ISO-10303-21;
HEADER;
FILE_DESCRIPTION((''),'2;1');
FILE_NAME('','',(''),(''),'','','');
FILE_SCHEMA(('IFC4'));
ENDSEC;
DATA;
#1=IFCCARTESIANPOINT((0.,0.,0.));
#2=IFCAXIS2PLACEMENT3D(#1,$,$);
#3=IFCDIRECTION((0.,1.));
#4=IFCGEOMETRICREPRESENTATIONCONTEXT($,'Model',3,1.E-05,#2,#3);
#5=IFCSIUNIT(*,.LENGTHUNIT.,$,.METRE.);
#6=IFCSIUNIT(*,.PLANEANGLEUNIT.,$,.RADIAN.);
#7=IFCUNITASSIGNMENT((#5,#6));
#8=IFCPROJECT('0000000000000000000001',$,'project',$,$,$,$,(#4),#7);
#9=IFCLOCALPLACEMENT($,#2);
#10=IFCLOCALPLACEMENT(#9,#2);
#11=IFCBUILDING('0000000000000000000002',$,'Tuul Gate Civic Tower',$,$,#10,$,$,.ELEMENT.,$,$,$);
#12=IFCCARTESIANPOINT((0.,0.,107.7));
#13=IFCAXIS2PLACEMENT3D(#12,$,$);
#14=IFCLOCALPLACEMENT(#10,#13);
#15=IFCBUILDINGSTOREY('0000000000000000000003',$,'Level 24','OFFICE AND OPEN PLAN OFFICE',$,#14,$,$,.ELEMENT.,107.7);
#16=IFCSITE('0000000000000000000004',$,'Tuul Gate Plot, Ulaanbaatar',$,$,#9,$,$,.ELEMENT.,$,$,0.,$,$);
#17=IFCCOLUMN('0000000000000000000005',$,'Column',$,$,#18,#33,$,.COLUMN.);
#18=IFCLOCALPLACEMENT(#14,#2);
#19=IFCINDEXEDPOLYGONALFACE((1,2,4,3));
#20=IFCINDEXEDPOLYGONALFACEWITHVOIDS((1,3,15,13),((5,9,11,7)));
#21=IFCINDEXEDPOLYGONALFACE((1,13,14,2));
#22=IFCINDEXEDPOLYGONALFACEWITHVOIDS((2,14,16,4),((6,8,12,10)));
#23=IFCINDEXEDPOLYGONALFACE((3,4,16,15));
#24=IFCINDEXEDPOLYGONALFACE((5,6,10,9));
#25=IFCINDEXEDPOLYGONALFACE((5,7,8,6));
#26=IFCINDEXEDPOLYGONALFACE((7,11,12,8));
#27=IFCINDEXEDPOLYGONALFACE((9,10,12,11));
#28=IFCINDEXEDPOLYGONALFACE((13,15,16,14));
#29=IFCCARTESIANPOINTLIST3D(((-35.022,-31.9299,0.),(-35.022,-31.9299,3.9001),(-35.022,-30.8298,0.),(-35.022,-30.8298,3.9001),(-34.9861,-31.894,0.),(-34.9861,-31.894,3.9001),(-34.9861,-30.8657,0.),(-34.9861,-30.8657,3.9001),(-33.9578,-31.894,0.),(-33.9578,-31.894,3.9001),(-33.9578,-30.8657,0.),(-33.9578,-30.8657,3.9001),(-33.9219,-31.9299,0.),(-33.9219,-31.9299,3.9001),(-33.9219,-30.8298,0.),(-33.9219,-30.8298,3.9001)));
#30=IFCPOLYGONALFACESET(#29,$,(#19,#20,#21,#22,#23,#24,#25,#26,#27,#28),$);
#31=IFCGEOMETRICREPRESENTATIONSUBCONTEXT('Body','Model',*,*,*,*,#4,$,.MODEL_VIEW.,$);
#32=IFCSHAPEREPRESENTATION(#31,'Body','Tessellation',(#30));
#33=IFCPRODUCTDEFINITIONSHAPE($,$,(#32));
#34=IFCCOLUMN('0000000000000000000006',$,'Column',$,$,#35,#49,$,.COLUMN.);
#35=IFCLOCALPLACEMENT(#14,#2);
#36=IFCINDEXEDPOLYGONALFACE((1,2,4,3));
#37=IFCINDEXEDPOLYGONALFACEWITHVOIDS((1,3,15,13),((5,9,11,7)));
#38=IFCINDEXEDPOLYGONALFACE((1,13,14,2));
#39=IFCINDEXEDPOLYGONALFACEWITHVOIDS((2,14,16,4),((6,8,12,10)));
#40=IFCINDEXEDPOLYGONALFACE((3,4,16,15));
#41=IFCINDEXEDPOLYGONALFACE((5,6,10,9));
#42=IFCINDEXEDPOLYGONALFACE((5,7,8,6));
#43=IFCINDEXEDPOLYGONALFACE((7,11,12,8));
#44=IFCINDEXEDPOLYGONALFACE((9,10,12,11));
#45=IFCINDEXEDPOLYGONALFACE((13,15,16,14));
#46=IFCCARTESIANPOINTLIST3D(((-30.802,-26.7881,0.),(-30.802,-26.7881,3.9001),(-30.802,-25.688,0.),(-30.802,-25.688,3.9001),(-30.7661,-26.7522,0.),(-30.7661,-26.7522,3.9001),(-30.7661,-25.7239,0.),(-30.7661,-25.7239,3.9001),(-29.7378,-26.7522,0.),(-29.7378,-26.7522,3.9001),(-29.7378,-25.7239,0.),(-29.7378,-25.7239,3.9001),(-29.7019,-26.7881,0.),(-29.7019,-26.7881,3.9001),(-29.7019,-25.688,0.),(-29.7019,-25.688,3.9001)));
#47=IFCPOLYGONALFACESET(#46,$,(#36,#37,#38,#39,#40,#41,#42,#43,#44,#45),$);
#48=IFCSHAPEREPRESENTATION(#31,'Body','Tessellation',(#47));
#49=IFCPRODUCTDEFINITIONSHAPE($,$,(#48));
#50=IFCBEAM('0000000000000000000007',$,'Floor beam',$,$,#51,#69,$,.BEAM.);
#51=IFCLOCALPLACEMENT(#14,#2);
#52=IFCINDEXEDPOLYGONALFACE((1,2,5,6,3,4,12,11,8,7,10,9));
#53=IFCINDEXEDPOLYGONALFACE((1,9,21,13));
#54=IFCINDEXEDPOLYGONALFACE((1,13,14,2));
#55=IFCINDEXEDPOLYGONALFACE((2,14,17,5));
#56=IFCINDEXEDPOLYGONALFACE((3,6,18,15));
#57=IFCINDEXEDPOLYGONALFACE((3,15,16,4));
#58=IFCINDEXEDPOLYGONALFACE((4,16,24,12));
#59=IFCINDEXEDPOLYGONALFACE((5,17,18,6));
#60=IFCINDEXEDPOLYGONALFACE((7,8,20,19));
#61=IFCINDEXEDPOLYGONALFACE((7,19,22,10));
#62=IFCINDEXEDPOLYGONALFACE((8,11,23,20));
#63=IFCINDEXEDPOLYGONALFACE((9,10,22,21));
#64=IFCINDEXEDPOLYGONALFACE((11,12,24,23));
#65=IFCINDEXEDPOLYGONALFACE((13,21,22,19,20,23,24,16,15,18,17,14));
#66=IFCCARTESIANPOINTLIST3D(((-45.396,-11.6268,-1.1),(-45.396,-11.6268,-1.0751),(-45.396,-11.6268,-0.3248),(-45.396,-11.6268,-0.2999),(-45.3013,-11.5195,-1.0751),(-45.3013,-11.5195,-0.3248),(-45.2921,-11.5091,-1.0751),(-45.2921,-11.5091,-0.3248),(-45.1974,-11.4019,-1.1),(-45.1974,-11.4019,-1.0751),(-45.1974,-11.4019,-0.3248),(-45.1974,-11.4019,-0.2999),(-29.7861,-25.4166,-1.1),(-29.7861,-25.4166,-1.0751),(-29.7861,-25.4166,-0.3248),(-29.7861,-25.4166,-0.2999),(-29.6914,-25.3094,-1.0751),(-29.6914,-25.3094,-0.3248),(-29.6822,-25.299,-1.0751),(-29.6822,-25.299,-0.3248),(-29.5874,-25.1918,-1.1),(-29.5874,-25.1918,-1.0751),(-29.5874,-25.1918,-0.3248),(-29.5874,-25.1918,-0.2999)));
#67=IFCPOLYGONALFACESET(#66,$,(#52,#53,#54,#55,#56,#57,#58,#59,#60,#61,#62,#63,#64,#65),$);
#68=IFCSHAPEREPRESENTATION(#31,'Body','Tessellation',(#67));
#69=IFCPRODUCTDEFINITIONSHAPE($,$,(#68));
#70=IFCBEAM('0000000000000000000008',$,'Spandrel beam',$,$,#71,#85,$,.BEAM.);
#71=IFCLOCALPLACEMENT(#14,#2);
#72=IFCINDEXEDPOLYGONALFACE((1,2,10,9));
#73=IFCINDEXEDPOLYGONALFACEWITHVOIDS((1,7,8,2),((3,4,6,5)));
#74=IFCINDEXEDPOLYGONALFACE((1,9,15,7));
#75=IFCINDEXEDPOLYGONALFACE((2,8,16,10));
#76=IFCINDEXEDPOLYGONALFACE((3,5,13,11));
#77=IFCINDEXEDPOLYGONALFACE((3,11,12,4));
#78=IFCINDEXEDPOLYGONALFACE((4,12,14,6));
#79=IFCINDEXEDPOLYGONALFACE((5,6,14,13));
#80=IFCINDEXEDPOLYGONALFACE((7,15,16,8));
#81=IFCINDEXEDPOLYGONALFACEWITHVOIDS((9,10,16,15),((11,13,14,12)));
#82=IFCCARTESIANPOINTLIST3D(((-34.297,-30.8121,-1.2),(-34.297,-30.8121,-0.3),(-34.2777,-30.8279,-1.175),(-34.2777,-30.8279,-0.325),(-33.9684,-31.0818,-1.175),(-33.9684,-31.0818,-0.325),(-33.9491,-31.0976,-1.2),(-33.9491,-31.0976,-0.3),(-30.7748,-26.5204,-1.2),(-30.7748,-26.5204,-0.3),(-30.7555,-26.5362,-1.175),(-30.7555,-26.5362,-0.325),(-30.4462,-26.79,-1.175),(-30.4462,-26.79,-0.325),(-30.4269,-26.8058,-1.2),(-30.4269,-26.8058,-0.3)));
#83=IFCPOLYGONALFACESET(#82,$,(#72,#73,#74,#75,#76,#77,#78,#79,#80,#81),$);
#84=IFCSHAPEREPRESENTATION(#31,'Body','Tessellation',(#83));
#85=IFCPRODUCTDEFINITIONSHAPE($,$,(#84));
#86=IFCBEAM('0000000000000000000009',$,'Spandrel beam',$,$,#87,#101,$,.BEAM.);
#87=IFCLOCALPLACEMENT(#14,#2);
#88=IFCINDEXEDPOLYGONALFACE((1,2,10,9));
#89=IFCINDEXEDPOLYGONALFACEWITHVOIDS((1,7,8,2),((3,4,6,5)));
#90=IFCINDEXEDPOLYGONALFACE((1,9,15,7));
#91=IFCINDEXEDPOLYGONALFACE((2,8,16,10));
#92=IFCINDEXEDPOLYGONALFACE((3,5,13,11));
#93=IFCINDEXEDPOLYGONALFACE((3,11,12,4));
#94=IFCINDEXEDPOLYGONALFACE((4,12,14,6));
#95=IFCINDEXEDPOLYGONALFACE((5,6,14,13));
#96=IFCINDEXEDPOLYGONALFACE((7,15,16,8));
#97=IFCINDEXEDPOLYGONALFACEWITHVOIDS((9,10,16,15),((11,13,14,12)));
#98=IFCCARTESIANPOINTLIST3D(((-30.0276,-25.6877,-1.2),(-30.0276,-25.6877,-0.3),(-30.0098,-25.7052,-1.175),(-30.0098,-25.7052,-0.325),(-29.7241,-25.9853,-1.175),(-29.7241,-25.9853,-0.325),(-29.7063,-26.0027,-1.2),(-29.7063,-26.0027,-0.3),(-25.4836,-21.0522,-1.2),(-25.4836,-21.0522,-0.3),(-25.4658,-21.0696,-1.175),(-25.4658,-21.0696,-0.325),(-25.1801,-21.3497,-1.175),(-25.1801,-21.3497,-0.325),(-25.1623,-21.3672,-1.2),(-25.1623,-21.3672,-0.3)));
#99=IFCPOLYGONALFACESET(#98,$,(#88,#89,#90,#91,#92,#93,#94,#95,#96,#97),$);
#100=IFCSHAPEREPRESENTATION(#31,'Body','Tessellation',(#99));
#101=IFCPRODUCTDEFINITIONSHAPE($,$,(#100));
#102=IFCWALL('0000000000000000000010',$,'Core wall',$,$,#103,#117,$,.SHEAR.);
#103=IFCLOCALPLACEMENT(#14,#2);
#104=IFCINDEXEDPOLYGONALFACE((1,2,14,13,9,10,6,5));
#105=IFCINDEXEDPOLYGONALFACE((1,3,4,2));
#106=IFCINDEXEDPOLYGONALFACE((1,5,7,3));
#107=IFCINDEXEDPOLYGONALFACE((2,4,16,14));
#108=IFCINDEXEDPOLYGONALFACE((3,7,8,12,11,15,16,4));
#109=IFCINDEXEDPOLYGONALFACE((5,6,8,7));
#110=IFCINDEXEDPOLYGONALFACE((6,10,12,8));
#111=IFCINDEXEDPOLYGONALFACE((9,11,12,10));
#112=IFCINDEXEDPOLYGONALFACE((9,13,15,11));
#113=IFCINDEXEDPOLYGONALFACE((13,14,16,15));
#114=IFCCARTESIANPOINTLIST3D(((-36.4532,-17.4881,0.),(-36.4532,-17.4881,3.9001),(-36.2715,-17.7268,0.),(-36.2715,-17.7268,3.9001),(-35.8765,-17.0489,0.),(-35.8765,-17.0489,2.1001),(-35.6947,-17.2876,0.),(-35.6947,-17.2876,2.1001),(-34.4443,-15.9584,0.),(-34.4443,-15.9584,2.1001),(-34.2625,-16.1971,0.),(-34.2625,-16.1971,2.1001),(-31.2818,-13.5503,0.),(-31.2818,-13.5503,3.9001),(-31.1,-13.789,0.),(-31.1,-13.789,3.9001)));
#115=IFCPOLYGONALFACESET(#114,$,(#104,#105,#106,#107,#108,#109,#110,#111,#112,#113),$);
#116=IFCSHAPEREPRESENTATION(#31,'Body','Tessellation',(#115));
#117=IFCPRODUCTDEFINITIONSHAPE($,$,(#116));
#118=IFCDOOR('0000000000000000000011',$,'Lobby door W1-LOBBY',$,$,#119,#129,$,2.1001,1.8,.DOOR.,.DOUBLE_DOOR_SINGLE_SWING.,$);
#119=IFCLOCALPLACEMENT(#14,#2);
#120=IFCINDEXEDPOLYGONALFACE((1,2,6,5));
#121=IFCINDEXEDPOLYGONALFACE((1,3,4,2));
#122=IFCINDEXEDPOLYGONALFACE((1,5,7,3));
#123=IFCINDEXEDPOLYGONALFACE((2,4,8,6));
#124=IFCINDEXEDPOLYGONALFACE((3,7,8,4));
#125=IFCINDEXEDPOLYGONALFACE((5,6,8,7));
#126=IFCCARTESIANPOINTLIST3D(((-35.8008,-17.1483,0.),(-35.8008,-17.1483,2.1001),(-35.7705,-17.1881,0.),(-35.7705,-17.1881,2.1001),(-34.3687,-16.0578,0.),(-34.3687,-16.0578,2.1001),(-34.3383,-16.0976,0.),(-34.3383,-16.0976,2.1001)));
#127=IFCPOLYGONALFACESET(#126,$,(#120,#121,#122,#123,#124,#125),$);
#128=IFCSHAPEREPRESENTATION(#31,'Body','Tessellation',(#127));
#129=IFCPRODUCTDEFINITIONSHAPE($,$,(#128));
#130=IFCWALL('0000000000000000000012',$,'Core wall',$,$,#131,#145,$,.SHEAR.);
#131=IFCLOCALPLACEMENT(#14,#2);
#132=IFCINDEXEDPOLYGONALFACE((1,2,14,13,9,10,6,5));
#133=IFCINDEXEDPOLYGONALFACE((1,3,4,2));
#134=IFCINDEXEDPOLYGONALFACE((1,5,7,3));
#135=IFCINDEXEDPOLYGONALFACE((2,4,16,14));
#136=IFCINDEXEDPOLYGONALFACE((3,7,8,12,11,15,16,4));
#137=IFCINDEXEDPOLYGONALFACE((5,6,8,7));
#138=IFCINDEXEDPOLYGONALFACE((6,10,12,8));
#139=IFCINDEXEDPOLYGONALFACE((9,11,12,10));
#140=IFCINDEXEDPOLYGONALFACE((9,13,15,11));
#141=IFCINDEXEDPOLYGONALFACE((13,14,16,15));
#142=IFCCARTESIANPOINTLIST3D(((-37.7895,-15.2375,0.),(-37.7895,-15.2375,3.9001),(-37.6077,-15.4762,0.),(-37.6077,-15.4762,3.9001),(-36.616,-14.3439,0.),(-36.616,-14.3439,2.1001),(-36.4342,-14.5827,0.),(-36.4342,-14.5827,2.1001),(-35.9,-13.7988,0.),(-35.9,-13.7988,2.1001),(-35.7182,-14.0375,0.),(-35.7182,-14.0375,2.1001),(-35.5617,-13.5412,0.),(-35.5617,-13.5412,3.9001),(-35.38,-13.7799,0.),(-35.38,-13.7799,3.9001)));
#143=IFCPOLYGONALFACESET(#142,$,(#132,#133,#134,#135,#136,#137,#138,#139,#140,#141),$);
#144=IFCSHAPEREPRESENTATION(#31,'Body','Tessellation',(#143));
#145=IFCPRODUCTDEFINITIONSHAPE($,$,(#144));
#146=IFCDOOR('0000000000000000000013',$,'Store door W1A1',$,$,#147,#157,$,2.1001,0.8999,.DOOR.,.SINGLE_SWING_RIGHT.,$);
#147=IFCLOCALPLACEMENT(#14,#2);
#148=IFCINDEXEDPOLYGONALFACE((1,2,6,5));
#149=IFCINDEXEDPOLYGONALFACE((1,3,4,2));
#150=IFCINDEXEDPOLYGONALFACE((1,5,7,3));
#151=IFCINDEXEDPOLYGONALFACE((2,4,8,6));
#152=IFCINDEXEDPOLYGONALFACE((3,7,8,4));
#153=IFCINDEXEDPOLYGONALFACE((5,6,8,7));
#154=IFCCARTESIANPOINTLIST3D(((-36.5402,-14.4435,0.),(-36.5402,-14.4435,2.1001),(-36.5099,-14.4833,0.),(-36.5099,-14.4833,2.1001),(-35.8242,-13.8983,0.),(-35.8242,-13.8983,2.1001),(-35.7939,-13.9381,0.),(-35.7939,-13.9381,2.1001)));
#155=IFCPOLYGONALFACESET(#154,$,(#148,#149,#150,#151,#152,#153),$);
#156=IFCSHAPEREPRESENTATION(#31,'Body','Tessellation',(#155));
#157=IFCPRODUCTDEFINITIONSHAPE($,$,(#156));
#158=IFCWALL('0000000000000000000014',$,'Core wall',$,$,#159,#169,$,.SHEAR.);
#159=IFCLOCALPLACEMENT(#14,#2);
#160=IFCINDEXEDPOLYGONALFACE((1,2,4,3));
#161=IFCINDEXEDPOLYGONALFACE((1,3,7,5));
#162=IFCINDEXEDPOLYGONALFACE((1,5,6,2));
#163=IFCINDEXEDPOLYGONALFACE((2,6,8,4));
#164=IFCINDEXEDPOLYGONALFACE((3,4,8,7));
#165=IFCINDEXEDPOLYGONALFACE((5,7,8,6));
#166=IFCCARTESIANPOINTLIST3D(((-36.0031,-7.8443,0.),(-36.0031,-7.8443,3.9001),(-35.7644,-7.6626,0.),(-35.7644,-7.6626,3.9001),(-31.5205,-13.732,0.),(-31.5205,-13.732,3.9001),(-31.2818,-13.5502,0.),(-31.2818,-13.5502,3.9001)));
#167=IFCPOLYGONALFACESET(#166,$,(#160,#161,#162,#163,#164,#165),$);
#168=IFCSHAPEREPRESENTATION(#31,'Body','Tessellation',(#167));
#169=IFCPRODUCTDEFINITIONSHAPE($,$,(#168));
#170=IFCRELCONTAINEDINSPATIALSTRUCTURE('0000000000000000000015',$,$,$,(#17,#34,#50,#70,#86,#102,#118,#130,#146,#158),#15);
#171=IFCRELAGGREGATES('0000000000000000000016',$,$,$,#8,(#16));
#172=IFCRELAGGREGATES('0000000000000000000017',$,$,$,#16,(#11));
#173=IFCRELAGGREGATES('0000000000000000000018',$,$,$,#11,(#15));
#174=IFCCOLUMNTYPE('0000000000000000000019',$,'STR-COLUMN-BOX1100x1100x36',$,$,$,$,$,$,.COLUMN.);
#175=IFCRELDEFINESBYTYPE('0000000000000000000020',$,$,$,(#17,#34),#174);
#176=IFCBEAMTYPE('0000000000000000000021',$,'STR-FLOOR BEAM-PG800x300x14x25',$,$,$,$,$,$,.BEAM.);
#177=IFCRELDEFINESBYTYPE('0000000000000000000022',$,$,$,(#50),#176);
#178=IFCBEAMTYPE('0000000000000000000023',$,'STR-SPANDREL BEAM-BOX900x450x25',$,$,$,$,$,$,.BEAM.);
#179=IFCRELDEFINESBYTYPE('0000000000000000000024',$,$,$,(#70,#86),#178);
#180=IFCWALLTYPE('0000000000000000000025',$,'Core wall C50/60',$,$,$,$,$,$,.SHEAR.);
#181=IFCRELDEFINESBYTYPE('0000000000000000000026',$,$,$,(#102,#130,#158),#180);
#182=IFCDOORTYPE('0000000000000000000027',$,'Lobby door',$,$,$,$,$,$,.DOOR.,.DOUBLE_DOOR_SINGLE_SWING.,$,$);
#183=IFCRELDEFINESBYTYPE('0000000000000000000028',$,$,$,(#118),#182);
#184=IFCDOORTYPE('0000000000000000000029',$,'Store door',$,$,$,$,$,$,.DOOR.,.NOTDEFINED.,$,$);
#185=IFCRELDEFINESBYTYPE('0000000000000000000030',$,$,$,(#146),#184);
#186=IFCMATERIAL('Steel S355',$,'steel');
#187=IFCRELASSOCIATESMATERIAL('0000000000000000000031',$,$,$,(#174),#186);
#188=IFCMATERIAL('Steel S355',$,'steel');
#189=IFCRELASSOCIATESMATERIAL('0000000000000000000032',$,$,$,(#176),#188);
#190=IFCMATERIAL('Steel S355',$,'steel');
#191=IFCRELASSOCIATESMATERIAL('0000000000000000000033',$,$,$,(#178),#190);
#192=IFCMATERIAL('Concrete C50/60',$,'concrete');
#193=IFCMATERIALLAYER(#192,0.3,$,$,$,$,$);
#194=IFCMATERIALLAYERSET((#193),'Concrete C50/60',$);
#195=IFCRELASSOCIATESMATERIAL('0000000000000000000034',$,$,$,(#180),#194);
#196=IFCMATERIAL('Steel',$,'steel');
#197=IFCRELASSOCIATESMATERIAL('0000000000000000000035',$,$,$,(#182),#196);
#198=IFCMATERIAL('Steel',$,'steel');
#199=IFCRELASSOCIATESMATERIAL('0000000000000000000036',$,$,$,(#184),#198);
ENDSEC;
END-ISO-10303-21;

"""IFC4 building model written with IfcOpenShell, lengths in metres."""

from ifc_helpers import new_model, si_unit, direction, frame, frame_2d, origin, origin_2d, place, context, subcontext, project, spatial, rectangle, hollow_rectangle, i_section, extrude, material, layer, layer_set, material_profile, profile_set, type_object, element, fill, save


model = new_model("IFC4")

# Units and contexts
model_context = context("Model", 3, precision=1e-05, world=origin(), true_north=direction((0.0, 1.0)))
body_context = subcontext(model_context, "Body", "Model", "MODEL_VIEW")
ifc_project = project(units=[si_unit("LENGTHUNIT", "METRE"), si_unit("PLANEANGLEUNIT", "RADIAN")], contexts=[model_context])

# Site, building, storey
site_placement = place(None, origin())
site = spatial("IfcSite", under=ifc_project, at=site_placement, Name="Tuul Gate Plot, Ulaanbaatar", CompositionType="ELEMENT", RefElevation=0.0)
building_placement = place(site_placement, origin())
building = spatial("IfcBuilding", under=site, at=building_placement, Name="Tuul Gate Civic Tower", CompositionType="ELEMENT")
storey_placement = place(building_placement, frame((0.0, 0.0, 107.7)))
storey = spatial("IfcBuildingStorey", under=building, at=storey_placement, Name="Level 24", Description="OFFICE AND OPEN PLAN OFFICE", CompositionType="ELEMENT", Elevation=107.7)

# Columns
ifc_material_1 = material(Name="Steel S355", Category="steel")
ifc_material_profile_1 = material_profile(ifc_material_1, hollow_rectangle(XDim=1.1001, YDim=1.1001, WallThickness=0.0359, at=origin_2d()), Name="BOX1100x1100x36")
ifc_profile_set_1 = profile_set([ifc_material_profile_1], Name="Steel S355")
column_type = type_object("IfcColumnType", Name="STR-COLUMN-BOX1100x1100x36", PredefinedType="COLUMN", material=ifc_profile_set_1)
for number, where, z_axis, x_axis, name in (
    (1, (-34.4719, -31.3799, 0.0), (0.0, 0.0, 1.0), (1.0, 0.0, 0.0), "Column"),
    (2, (-30.252, -26.238, 0.0), (0.0, 0.0, 1.0), (1.0, 0.0, 0.0), "Column"),
):
    element("IfcColumn", number, at=place(storey_placement, frame(where, z_axis=z_axis, x_axis=x_axis)), inside=storey, type_object=column_type, Name=name, PredefinedType="COLUMN", context=body_context, shape_type="SweptSolid", body=[
        extrude(hollow_rectangle(XDim=1.1001, YDim=1.1001, WallThickness=0.0359, at=origin_2d()), origin(), (0.0, 0.0, 1.0), 3.9001),
    ])

# Beams
ifc_material_2 = material(Name="Steel S355", Category="steel")
ifc_material_profile_2 = material_profile(ifc_material_2, i_section(OverallWidth=0.3, OverallDepth=0.8, WebThickness=0.0139, FlangeThickness=0.0249, at=origin_2d()), Name="PG800x300x14x25")
ifc_profile_set_2 = profile_set([ifc_material_profile_2], Name="Steel S355")
beam_type_1 = type_object("IfcBeamType", Name="STR-FLOOR BEAM-PG800x300x14x25", PredefinedType="BEAM", material=ifc_profile_set_2)
beam_1_placement = place(storey_placement, frame((-29.6868, -25.3042, -0.7), z_axis=(-0.749447, 0.662064, 0.0), x_axis=(-0.662064, -0.749447, 0.0)))
element("IfcBeam", 3, at=beam_1_placement, inside=storey, type_object=beam_type_1, Name="Floor beam", PredefinedType="BEAM", context=body_context, shape_type="SweptSolid", body=[
    extrude(i_section(OverallWidth=0.3, OverallDepth=0.8, WebThickness=0.0139, FlangeThickness=0.0249, at=origin_2d()), origin(), (0.0, 0.0, 1.0), 20.8286),
])
ifc_material_3 = material(Name="Steel S355", Category="steel")
ifc_material_profile_3 = material_profile(ifc_material_3, hollow_rectangle(XDim=0.45, YDim=0.8999, WallThickness=0.0249, at=origin_2d()), Name="BOX900x450x25")
ifc_profile_set_3 = profile_set([ifc_material_profile_3], Name="Steel S355")
beam_type_2 = type_object("IfcBeamType", Name="STR-SPANDREL BEAM-BOX900x450x25", PredefinedType="BEAM", material=ifc_profile_set_3)
beam_2_placement = place(storey_placement, frame((-34.123, -30.9548, -0.75), z_axis=(0.634401, 0.773004, 0.0), x_axis=(-0.773004, 0.634401, 0.0)))
element("IfcBeam", 4, at=beam_2_placement, inside=storey, type_object=beam_type_2, Name="Spandrel beam", PredefinedType="BEAM", context=body_context, shape_type="SweptSolid", body=[
    extrude(hollow_rectangle(XDim=0.45, YDim=0.8999, WallThickness=0.0249, at=origin_2d()), origin(), (0.0, 0.0, 1.0), 5.552),
])
beam_3_placement = place(storey_placement, frame((-29.8669, -25.8452, -0.75), z_axis=(0.70002, 0.714124, 0.0), x_axis=(-0.714124, 0.70002, 0.0)))
element("IfcBeam", 5, at=beam_3_placement, inside=storey, type_object=beam_type_2, Name="Spandrel beam", PredefinedType="BEAM", context=body_context, shape_type="SweptSolid", body=[
    extrude(hollow_rectangle(XDim=0.45, YDim=0.8999, WallThickness=0.0249, at=origin_2d()), origin(), (0.0, 0.0, 1.0), 6.4912),
])

# Walls, openings, doors
ifc_material_4 = material(Name="Concrete C50/60", Category="concrete")
ifc_layer_1 = layer(ifc_material_4, 0.3)
ifc_layer_set_1 = layer_set([ifc_layer_1], Name="Concrete C50/60")
wall_type_1 = type_object("IfcWallType", Name="Core wall C50/60", PredefinedType="SHEAR", material=ifc_layer_set_1)
wall_1_placement = place(storey_placement, frame((-31.1909, -13.6697, 0.0), z_axis=(0.0, 0.0, 1.0), x_axis=(-0.795607, -0.605813, 0.0)))
wall_1 = element("IfcWall", 6, at=wall_1_placement, inside=storey, type_object=wall_type_1, Name="Core wall", PredefinedType="SHEAR", context=body_context, shape_type="SweptSolid", body=[
    extrude(rectangle(XDim=6.5, YDim=0.3, at=frame_2d((3.25, 0.0))), origin(), (0.0, 0.0, 1.0), 3.9001),
])
opening_1_placement = place(wall_1_placement, frame((3.9751, 0.0, 0.0)))
opening_1 = element("IfcOpeningElement", 7, at=opening_1_placement, cuts=wall_1, PredefinedType="OPENING", context=body_context, shape_type="SweptSolid", body=[
    extrude(rectangle(XDim=1.8, YDim=2.1001, at=frame_2d((0.8999, 1.05))), frame((0.0, 0.1602, 0.0), z_axis=(0.0, -1.0, 0.0), x_axis=(1.0, 0.0, 0.0)), (0.0, 0.0, 1.0), 0.3201),
])
ifc_material_5 = material(Name="Steel", Category="steel")
door_type_1 = type_object("IfcDoorType", Name="Lobby door", OperationType="DOUBLE_DOOR_SINGLE_SWING", PredefinedType="DOOR", material=ifc_material_5)
door_1_placement = place(opening_1_placement, origin())
door_1 = element("IfcDoor", 8, at=door_1_placement, inside=storey, type_object=door_type_1, Name="Lobby door W1-LOBBY", OperationType="DOUBLE_DOOR_SINGLE_SWING", OverallHeight=2.1001, OverallWidth=1.8, PredefinedType="DOOR", context=body_context, shape_type="SweptSolid", body=[
    extrude(rectangle(XDim=1.8, YDim=2.1001, at=frame_2d((0.8999, 1.05))), frame((0.0, 0.0249, 0.0), z_axis=(0.0, -1.0, 0.0), x_axis=(1.0, 0.0, 0.0)), (0.0, 0.0, 1.0), 0.05),
])
fill(opening_1, door_1)
wall_2_placement = place(storey_placement, frame((-35.4709, -13.6606, 0.0), z_axis=(0.0, 0.0, 1.0), x_axis=(-0.795616, -0.605802, 0.0)))
wall_2 = element("IfcWall", 9, at=wall_2_placement, inside=storey, type_object=wall_type_1, Name="Core wall", PredefinedType="SHEAR", context=body_context, shape_type="SweptSolid", body=[
    extrude(rectangle(XDim=2.8, YDim=0.3, at=frame_2d((1.3999, 0.0))), origin(), (0.0, 0.0, 1.0), 3.9001),
])
opening_2_placement = place(wall_2_placement, frame((0.425, 0.0, 0.0)))
opening_2 = element("IfcOpeningElement", 10, at=opening_2_placement, cuts=wall_2, PredefinedType="OPENING", context=body_context, shape_type="SweptSolid", body=[
    extrude(rectangle(XDim=0.8999, YDim=2.1001, at=frame_2d((0.45, 1.05))), frame((0.0, 0.1602, 0.0), z_axis=(0.0, -1.0, 0.0), x_axis=(1.0, 0.0, 0.0)), (0.0, 0.0, 1.0), 0.3201),
])
ifc_material_6 = material(Name="Steel", Category="steel")
door_type_2 = type_object("IfcDoorType", Name="Store door", OperationType="NOTDEFINED", PredefinedType="DOOR", material=ifc_material_6)
door_2_placement = place(opening_2_placement, frame((0.8999, 0.0, 0.0), z_axis=(0.0, 0.0, 1.0), x_axis=(-1.0, 0.0, 0.0)))
door_2 = element("IfcDoor", 11, at=door_2_placement, inside=storey, type_object=door_type_2, Name="Store door W1A1", OperationType="SINGLE_SWING_RIGHT", OverallHeight=2.1001, OverallWidth=0.8999, PredefinedType="DOOR", context=body_context, shape_type="SweptSolid", body=[
    extrude(rectangle(XDim=0.8999, YDim=2.1001, at=frame_2d((0.45, 1.05))), frame((0.0, 0.0249, 0.0), z_axis=(0.0, -1.0, 0.0), x_axis=(1.0, 0.0, 0.0)), (0.0, 0.0, 1.0), 0.05),
])
fill(opening_2, door_2)

# Wall
wall_3_placement = place(storey_placement, frame((-31.4011, -13.6411, 0.0), z_axis=(0.0, 0.0, 1.0), x_axis=(-0.60577, 0.79564, 0.0)))
element("IfcWall", 12, at=wall_3_placement, inside=storey, type_object=wall_type_1, Name="Core wall", PredefinedType="SHEAR", context=body_context, shape_type="SweptSolid", body=[
    extrude(rectangle(XDim=7.3999, YDim=0.3, at=frame_2d((3.7, 0.0))), origin(), (0.0, 0.0, 1.0), 3.9001),
])

save(model, "model.ifc")
